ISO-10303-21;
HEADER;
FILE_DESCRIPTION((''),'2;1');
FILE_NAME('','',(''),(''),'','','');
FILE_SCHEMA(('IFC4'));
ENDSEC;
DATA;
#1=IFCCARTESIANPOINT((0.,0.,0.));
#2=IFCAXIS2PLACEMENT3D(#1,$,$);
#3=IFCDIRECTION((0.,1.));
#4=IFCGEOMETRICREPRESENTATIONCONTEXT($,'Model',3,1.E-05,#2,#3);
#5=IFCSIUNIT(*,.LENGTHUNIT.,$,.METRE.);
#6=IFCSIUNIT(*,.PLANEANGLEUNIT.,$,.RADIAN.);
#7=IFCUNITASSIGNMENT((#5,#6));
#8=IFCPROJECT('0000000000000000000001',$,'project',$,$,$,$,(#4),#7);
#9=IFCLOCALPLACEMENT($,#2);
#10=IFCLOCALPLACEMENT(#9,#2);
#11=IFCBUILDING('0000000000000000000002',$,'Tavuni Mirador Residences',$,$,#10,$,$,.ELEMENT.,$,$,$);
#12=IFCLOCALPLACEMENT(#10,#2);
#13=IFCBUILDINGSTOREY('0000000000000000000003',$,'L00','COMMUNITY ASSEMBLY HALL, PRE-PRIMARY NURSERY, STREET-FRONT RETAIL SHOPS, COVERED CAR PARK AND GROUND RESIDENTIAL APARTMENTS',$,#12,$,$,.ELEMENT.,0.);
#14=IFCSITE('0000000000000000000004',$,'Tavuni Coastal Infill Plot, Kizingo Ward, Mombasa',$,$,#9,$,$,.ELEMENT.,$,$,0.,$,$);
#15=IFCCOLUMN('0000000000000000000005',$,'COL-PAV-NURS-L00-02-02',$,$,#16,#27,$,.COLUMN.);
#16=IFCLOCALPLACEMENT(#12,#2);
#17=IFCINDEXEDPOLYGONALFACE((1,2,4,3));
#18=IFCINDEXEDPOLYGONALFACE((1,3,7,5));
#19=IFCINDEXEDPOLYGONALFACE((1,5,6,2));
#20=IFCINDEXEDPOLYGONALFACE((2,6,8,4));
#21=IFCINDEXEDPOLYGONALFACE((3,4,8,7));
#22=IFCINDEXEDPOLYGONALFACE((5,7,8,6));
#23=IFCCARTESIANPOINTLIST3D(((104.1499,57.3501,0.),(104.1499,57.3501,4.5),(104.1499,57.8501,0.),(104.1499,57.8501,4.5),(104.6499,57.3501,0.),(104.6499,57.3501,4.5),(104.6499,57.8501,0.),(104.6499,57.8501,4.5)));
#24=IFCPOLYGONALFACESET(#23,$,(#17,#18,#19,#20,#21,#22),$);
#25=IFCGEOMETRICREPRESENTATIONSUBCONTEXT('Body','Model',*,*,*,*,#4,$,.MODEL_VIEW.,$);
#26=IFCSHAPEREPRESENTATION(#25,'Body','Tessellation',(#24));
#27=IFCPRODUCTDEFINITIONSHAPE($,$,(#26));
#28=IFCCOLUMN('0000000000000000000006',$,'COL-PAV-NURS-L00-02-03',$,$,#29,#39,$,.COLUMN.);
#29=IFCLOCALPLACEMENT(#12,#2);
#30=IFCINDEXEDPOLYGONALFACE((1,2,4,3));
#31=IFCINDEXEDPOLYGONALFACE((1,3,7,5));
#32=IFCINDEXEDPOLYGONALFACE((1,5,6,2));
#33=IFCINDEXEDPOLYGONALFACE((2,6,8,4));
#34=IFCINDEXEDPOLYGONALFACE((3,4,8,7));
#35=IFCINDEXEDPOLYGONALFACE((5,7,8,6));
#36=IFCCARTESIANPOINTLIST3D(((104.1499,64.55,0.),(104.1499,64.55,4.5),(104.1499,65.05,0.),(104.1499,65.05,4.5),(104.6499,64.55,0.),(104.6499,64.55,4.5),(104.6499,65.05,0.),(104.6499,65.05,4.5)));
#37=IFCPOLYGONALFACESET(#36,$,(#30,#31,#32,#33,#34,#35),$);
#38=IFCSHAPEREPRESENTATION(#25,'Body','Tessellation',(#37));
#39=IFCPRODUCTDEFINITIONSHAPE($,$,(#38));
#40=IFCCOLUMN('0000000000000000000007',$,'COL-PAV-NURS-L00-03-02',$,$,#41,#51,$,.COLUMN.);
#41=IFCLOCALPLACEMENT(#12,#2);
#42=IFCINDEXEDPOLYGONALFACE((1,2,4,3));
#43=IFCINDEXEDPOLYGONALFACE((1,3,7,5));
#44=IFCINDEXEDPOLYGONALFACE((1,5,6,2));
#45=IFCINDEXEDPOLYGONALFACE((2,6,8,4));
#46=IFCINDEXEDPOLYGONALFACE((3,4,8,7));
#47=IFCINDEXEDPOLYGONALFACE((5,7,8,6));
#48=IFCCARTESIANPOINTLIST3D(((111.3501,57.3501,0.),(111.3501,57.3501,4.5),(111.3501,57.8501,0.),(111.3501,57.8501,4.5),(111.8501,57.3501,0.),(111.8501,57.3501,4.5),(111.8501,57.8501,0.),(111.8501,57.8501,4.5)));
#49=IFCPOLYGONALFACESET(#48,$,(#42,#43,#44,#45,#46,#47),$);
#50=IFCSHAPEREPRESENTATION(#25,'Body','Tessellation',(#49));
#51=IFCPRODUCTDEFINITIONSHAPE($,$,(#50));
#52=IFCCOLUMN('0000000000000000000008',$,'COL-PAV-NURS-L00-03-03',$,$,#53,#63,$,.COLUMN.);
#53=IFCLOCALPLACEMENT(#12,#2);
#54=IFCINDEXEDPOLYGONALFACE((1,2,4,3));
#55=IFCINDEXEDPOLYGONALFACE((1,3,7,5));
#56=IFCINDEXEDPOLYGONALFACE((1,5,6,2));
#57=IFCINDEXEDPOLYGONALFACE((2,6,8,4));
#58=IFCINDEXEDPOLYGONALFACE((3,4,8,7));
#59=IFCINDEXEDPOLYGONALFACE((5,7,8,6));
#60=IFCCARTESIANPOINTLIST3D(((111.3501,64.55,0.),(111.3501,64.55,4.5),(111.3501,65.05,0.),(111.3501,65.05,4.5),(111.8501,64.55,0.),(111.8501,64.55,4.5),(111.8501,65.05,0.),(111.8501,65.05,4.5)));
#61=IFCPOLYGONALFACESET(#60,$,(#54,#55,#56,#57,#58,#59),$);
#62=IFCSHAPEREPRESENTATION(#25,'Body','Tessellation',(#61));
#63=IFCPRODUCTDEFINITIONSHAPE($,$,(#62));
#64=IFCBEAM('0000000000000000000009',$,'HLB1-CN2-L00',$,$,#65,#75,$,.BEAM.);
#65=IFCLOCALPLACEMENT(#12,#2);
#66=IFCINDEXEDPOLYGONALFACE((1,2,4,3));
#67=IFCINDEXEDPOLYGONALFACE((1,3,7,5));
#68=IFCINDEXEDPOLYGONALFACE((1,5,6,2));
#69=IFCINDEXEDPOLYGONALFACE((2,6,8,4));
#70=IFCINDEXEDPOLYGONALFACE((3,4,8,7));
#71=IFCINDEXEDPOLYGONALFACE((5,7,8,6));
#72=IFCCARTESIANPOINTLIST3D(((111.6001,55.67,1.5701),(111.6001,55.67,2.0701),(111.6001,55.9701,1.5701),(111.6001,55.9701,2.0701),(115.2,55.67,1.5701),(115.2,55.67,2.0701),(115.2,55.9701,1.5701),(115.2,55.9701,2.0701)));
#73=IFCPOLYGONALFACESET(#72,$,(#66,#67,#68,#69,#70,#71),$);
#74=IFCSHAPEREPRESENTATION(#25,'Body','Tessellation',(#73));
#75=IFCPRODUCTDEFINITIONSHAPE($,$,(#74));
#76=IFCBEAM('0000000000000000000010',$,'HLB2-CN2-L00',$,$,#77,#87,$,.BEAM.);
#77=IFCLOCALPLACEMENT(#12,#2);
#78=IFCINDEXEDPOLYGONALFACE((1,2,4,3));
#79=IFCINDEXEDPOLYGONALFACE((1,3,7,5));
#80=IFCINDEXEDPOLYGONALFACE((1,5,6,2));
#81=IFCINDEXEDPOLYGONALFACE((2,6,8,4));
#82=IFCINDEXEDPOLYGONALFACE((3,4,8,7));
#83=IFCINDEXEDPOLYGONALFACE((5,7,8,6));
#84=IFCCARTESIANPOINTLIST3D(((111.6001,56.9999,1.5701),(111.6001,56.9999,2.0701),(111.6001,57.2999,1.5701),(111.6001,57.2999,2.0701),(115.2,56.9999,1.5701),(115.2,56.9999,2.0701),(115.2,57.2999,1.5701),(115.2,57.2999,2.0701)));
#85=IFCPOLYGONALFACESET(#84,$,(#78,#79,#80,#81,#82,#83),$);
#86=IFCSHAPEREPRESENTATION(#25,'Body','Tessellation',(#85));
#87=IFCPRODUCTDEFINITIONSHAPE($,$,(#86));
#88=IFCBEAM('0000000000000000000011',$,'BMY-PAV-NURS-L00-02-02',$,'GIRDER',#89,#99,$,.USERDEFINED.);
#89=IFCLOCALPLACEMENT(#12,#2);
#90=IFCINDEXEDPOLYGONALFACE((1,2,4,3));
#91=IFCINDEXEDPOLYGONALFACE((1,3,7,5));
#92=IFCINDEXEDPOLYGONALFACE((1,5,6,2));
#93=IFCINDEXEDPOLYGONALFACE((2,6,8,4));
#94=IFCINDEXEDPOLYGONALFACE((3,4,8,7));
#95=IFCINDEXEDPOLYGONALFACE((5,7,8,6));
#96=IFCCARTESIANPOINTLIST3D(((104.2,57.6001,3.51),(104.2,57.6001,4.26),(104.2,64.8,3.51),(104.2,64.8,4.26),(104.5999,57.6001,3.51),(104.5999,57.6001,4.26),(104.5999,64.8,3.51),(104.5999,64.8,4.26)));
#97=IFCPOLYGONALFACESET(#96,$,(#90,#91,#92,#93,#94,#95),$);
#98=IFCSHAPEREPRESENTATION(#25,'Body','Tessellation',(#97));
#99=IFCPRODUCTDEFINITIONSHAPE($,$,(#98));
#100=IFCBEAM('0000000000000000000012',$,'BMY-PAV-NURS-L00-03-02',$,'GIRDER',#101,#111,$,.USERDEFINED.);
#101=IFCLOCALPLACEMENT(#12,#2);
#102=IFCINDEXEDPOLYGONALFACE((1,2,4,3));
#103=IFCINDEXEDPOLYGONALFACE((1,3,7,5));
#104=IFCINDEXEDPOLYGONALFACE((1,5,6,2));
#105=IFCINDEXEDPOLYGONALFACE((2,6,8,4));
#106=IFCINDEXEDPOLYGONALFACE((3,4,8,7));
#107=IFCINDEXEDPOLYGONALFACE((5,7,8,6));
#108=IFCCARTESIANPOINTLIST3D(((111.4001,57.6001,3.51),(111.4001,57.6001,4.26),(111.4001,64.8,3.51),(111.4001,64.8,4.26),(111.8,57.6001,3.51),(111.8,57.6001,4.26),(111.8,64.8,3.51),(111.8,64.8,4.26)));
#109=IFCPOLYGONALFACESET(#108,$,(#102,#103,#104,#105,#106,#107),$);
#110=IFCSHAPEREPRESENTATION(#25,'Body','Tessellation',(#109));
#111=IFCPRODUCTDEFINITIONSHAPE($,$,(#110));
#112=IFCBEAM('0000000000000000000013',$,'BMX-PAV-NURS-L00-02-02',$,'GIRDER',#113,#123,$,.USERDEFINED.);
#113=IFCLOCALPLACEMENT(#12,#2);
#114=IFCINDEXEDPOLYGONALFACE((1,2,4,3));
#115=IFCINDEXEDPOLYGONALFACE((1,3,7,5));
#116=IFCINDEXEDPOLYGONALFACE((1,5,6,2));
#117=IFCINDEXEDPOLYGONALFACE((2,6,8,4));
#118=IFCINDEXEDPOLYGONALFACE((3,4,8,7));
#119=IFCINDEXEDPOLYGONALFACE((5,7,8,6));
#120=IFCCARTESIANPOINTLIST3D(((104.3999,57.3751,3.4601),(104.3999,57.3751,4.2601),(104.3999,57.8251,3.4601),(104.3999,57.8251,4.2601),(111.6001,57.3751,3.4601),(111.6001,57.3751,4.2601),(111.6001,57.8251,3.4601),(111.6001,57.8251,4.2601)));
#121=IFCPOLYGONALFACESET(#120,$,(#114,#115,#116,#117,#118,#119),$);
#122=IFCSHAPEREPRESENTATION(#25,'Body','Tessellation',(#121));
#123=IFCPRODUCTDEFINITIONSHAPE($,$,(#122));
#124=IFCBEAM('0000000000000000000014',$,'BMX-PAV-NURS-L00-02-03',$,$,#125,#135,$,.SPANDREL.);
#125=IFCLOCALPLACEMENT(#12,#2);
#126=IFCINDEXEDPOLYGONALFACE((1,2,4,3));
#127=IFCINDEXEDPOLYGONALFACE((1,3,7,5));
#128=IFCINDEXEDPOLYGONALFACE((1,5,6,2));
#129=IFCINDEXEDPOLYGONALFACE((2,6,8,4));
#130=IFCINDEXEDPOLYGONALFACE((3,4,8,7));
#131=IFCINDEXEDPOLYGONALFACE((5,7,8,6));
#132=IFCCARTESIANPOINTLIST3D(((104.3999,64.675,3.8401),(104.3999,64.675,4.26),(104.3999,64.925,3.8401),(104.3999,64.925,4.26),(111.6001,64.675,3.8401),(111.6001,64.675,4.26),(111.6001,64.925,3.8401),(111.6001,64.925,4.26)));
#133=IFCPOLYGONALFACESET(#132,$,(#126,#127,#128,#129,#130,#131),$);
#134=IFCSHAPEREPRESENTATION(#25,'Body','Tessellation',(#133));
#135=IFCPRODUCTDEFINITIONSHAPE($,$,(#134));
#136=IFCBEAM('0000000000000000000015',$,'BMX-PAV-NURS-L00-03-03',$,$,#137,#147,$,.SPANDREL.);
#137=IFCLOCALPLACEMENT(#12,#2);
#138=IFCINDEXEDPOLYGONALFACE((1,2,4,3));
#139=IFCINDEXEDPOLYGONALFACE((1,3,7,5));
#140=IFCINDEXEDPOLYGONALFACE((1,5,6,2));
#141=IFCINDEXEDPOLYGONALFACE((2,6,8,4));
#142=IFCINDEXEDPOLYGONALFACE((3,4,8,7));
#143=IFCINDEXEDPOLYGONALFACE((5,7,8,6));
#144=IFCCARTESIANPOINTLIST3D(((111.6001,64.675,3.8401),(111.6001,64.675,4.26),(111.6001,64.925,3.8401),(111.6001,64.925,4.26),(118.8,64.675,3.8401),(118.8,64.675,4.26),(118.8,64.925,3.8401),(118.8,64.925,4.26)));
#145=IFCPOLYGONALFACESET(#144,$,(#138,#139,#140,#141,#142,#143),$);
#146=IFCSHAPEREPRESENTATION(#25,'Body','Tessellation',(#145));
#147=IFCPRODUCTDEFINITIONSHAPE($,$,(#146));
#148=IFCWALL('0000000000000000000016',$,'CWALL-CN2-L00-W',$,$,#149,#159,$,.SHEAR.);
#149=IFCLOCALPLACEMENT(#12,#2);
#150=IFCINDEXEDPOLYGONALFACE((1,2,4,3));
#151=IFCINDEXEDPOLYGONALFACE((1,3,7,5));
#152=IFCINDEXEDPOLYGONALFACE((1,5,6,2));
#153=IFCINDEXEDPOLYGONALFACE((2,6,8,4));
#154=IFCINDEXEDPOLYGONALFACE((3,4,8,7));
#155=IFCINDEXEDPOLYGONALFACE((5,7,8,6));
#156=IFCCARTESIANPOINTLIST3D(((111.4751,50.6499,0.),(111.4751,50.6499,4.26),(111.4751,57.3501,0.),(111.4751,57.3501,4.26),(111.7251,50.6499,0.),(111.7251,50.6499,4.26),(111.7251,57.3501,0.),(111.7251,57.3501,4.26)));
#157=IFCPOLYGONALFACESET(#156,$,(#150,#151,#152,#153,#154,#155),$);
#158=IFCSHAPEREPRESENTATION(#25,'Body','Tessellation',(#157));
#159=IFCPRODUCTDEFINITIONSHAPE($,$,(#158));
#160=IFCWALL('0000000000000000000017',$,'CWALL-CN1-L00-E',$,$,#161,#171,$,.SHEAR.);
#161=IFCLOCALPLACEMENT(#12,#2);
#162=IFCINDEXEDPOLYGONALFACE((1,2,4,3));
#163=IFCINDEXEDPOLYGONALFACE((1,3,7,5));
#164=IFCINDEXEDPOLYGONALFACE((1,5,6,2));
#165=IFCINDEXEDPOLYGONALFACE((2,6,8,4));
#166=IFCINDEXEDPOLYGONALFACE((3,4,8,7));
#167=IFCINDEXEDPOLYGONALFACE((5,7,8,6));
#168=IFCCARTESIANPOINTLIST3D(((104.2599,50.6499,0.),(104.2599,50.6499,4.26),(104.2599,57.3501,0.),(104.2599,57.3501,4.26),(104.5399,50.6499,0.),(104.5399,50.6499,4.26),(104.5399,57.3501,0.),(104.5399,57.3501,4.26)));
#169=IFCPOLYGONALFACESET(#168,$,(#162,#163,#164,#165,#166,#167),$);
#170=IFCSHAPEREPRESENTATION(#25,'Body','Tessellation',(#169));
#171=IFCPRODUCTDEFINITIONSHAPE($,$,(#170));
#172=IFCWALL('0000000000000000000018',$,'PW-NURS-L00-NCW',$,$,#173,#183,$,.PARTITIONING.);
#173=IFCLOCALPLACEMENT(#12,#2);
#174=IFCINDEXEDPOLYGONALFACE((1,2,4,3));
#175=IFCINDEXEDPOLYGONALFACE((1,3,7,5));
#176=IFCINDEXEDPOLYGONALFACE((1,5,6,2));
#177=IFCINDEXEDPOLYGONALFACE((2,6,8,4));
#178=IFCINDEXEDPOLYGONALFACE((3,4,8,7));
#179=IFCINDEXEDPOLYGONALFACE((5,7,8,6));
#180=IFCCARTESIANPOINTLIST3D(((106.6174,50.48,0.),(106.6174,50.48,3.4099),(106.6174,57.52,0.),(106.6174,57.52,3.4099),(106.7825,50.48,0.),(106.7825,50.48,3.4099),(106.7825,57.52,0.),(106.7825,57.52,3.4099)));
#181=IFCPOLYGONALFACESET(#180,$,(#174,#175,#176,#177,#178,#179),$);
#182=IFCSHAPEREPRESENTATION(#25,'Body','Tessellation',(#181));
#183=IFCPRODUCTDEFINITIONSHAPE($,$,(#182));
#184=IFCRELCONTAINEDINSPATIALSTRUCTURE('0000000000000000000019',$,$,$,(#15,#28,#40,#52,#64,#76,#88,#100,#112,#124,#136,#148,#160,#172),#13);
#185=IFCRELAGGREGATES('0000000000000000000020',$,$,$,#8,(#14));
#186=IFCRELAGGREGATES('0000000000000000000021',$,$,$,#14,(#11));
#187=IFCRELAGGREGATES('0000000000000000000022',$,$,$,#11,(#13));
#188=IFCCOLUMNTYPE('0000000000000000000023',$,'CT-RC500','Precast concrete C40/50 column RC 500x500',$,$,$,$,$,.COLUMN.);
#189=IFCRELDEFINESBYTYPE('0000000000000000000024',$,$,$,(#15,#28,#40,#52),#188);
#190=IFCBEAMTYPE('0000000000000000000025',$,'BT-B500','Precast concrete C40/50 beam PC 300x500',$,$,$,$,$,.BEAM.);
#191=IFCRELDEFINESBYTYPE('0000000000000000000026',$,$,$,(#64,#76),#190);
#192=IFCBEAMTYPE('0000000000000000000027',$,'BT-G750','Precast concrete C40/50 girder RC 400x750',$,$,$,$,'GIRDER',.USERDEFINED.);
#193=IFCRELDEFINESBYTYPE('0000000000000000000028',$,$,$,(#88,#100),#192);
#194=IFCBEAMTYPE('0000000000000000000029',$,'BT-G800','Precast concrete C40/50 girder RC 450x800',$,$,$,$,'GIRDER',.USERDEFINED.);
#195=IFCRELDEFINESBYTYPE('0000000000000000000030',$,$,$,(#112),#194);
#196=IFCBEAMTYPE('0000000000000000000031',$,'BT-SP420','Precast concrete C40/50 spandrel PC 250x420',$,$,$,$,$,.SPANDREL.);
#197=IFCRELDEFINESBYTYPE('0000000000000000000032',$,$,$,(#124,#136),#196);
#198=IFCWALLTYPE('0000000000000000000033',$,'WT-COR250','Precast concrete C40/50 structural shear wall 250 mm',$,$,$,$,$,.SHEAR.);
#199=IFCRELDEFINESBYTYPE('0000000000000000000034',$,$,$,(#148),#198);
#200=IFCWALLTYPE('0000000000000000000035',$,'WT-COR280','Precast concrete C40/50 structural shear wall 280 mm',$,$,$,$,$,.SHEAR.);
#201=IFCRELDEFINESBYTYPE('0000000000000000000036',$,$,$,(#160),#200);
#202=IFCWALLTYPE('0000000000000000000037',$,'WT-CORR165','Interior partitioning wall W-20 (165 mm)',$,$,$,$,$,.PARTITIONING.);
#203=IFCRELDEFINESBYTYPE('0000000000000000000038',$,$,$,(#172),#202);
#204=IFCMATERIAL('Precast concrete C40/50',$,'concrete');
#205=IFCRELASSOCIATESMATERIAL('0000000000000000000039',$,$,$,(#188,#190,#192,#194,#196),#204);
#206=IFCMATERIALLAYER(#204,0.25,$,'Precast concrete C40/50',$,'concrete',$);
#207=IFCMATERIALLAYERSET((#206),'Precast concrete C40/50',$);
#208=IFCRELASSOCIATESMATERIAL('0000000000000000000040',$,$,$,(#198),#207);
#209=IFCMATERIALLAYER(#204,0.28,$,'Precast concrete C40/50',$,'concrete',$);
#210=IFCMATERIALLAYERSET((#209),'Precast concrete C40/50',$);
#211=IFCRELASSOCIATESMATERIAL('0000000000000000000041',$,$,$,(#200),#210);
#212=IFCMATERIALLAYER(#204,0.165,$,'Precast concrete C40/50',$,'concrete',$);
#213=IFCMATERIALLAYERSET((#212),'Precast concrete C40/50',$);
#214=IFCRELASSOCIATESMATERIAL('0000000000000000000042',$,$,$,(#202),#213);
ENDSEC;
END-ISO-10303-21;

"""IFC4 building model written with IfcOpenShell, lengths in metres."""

from ifc_helpers import new_model, si_unit, direction, frame, frame_2d, origin, origin_2d, place, context, subcontext, project, spatial, rectangle, extrude, material, layer, layer_set, material_profile, profile_set, type_object, element, save


model = new_model("IFC4")

# Units and contexts
model_context = context("Model", 3, precision=1e-05, world=origin(), true_north=direction((0.0, 1.0)))
body_context = subcontext(model_context, "Body", "Model", "MODEL_VIEW")
ifc_project = project(units=[si_unit("LENGTHUNIT", "METRE"), si_unit("PLANEANGLEUNIT", "RADIAN")], contexts=[model_context])

# Site, building, storey
site_placement = place(None, origin())
site = spatial("IfcSite", under=ifc_project, at=site_placement, Name="Tavuni Coastal Infill Plot, Kizingo Ward, Mombasa", CompositionType="ELEMENT", RefElevation=0.0)
building_placement = place(site_placement, origin())
building = spatial("IfcBuilding", under=site, at=building_placement, Name="Tavuni Mirador Residences", CompositionType="ELEMENT")
storey_placement = place(building_placement, origin())
storey = spatial("IfcBuildingStorey", under=building, at=storey_placement, Name="L00", Description="COMMUNITY ASSEMBLY HALL, PRE-PRIMARY NURSERY, STREET-FRONT RETAIL SHOPS, COVERED CAR PARK AND GROUND RESIDENTIAL APARTMENTS", CompositionType="ELEMENT", Elevation=0.0)

# Columns
ifc_material_1 = material(Name="Precast concrete C40/50", Category="concrete")
ifc_material_profile_1 = material_profile(ifc_material_1, rectangle(XDim=0.5, YDim=0.5, at=origin_2d()), Name="RC 500x500", Category="concrete")
ifc_profile_set_1 = profile_set([ifc_material_profile_1], Name="Precast concrete C40/50")
column_type = type_object("IfcColumnType", Name="CT-RC500", Description="Precast concrete C40/50 column RC 500x500", PredefinedType="COLUMN", material=ifc_profile_set_1)
for number, where, z_axis, x_axis, name in (
    (1, (104.3999, 57.6001, 0.0), (0.0, 0.0, 1.0), (1.0, 0.0, 0.0), "COL-PAV-NURS-L00-02-02"),
    (2, (104.3999, 64.8, 0.0), (0.0, 0.0, 1.0), (1.0, 0.0, 0.0), "COL-PAV-NURS-L00-02-03"),
    (3, (111.6001, 57.6001, 0.0), (0.0, 0.0, 1.0), (1.0, 0.0, 0.0), "COL-PAV-NURS-L00-03-02"),
    (4, (111.6001, 64.8, 0.0), (0.0, 0.0, 1.0), (1.0, 0.0, 0.0), "COL-PAV-NURS-L00-03-03"),
):
    element("IfcColumn", number, at=place(storey_placement, frame(where, z_axis=z_axis, x_axis=x_axis)), inside=storey, type_object=column_type, Name=name, PredefinedType="COLUMN", context=body_context, shape_type="SweptSolid", body=[
        extrude(rectangle(XDim=0.5, YDim=0.5, at=origin_2d()), origin(), (0.0, 0.0, 1.0), 4.5),
    ])

# Beams
ifc_material_profile_2 = material_profile(ifc_material_1, rectangle(XDim=0.3, YDim=0.5, at=origin_2d()), Name="PC 300x500", Category="concrete")
ifc_profile_set_2 = profile_set([ifc_material_profile_2], Name="Precast concrete C40/50")
beam_type_1 = type_object("IfcBeamType", Name="BT-B500", Description="Precast concrete C40/50 beam PC 300x500", PredefinedType="BEAM", material=ifc_profile_set_2)
for number, where, z_axis, x_axis, name in (
    (5, (111.6001, 55.8201, 1.8201), (1.0, 0.0, 0.0), (0.0, 1.0, 0.0), "HLB1-CN2-L00"),
    (6, (111.6001, 57.1499, 1.8201), (1.0, 0.0, 0.0), (0.0, 1.0, 0.0), "HLB2-CN2-L00"),
):
    element("IfcBeam", number, at=place(storey_placement, frame(where, z_axis=z_axis, x_axis=x_axis)), inside=storey, type_object=beam_type_1, Name=name, PredefinedType="BEAM", context=body_context, shape_type="SweptSolid", body=[
        extrude(rectangle(XDim=0.3, YDim=0.5, at=origin_2d()), origin(), (0.0, 0.0, 1.0), 3.5999),
    ])
ifc_material_profile_3 = material_profile(ifc_material_1, rectangle(XDim=0.3999, YDim=0.75, at=origin_2d()), Name="RC 400x750", Category="concrete")
ifc_profile_set_3 = profile_set([ifc_material_profile_3], Name="Precast concrete C40/50")
beam_type_2 = type_object("IfcBeamType", Name="BT-G750", Description="Precast concrete C40/50 girder RC 400x750", ElementType="GIRDER", PredefinedType="USERDEFINED", material=ifc_profile_set_3)
for number, where, z_axis, x_axis, name in (
    (7, (104.3999, 57.6001, 3.885), (0.0, 1.0, 0.0), (-1.0, 0.0, 0.0), "BMY-PAV-NURS-L00-02-02"),
    (8, (111.6001, 57.6001, 3.885), (0.0, 1.0, 0.0), (-1.0, 0.0, 0.0), "BMY-PAV-NURS-L00-03-02"),
):
    element("IfcBeam", number, at=place(storey_placement, frame(where, z_axis=z_axis, x_axis=x_axis)), inside=storey, type_object=beam_type_2, Name=name, ObjectType="GIRDER", PredefinedType="USERDEFINED", context=body_context, shape_type="SweptSolid", body=[
        extrude(rectangle(XDim=0.3999, YDim=0.75, at=origin_2d()), origin(), (0.0, 0.0, 1.0), 7.2),
    ])
ifc_material_profile_4 = material_profile(ifc_material_1, rectangle(XDim=0.45, YDim=0.8, at=origin_2d()), Name="RC 450x800", Category="concrete")
ifc_profile_set_4 = profile_set([ifc_material_profile_4], Name="Precast concrete C40/50")
beam_type_3 = type_object("IfcBeamType", Name="BT-G800", Description="Precast concrete C40/50 girder RC 450x800", ElementType="GIRDER", PredefinedType="USERDEFINED", material=ifc_profile_set_4)
beam_1_placement = place(storey_placement, frame((104.3999, 57.6001, 3.8601), z_axis=(1.0, 0.0, 0.0), x_axis=(0.0, 1.0, 0.0)))
element("IfcBeam", 9, at=beam_1_placement, inside=storey, type_object=beam_type_3, Name="BMX-PAV-NURS-L00-02-02", ObjectType="GIRDER", PredefinedType="USERDEFINED", context=body_context, shape_type="SweptSolid", body=[
    extrude(rectangle(XDim=0.45, YDim=0.8, at=origin_2d()), origin(), (0.0, 0.0, 1.0), 7.2002),
])
ifc_material_profile_5 = material_profile(ifc_material_1, rectangle(XDim=0.25, YDim=0.4199, at=origin_2d()), Name="PC 250x420", Category="concrete")
ifc_profile_set_5 = profile_set([ifc_material_profile_5], Name="Precast concrete C40/50")
beam_type_4 = type_object("IfcBeamType", Name="BT-SP420", Description="Precast concrete C40/50 spandrel PC 250x420", PredefinedType="SPANDREL", material=ifc_profile_set_5)
beam_2_placement = place(storey_placement, frame((104.3999, 64.8, 4.05), z_axis=(1.0, 0.0, 0.0), x_axis=(0.0, 1.0, 0.0)))
element("IfcBeam", 10, at=beam_2_placement, inside=storey, type_object=beam_type_4, Name="BMX-PAV-NURS-L00-02-03", PredefinedType="SPANDREL", context=body_context, shape_type="SweptSolid", body=[
    extrude(rectangle(XDim=0.25, YDim=0.4199, at=origin_2d()), origin(), (0.0, 0.0, 1.0), 7.2002),
])
beam_3_placement = place(storey_placement, frame((111.6001, 64.8, 4.05), z_axis=(1.0, 0.0, 0.0), x_axis=(0.0, 1.0, 0.0)))
element("IfcBeam", 11, at=beam_3_placement, inside=storey, type_object=beam_type_4, Name="BMX-PAV-NURS-L00-03-03", PredefinedType="SPANDREL", context=body_context, shape_type="SweptSolid", body=[
    extrude(rectangle(XDim=0.25, YDim=0.4199, at=origin_2d()), origin(), (0.0, 0.0, 1.0), 7.2),
])

# Walls
ifc_layer_1 = layer(ifc_material_1, 0.25, Name="Precast concrete C40/50", Category="concrete")
ifc_layer_set_1 = layer_set([ifc_layer_1], Name="Precast concrete C40/50")
wall_type_1 = type_object("IfcWallType", Name="WT-COR250", Description="Precast concrete C40/50 structural shear wall 250 mm", PredefinedType="SHEAR", material=ifc_layer_set_1)
wall_1_placement = place(storey_placement, frame((111.6001, 50.6499, 0.0), z_axis=(0.0, 0.0, 1.0), x_axis=(0.0, 1.0, 0.0)))
element("IfcWall", 12, at=wall_1_placement, inside=storey, type_object=wall_type_1, Name="CWALL-CN2-L00-W", PredefinedType="SHEAR", context=body_context, shape_type="SweptSolid", body=[
    extrude(rectangle(XDim=6.7002, YDim=0.25, at=frame_2d((3.3501, 0.0))), origin(), (0.0, 0.0, 1.0), 4.26),
])
ifc_layer_2 = layer(ifc_material_1, 0.28, Name="Precast concrete C40/50", Category="concrete")
ifc_layer_set_2 = layer_set([ifc_layer_2], Name="Precast concrete C40/50")
wall_type_2 = type_object("IfcWallType", Name="WT-COR280", Description="Precast concrete C40/50 structural shear wall 280 mm", PredefinedType="SHEAR", material=ifc_layer_set_2)
wall_2_placement = place(storey_placement, frame((104.3999, 50.6499, 0.0), z_axis=(0.0, 0.0, 1.0), x_axis=(0.0, 1.0, 0.0)))
element("IfcWall", 13, at=wall_2_placement, inside=storey, type_object=wall_type_2, Name="CWALL-CN1-L00-E", PredefinedType="SHEAR", context=body_context, shape_type="SweptSolid", body=[
    extrude(rectangle(XDim=6.7002, YDim=0.28, at=frame_2d((3.3501, 0.0))), origin(), (0.0, 0.0, 1.0), 4.26),
])
ifc_layer_3 = layer(ifc_material_1, 0.165, Name="Precast concrete C40/50", Category="concrete")
ifc_layer_set_3 = layer_set([ifc_layer_3], Name="Precast concrete C40/50")
wall_type_3 = type_object("IfcWallType", Name="WT-CORR165", Description="Interior partitioning wall W-20 (165 mm)", PredefinedType="PARTITIONING", material=ifc_layer_set_3)
wall_3_placement = place(storey_placement, frame((106.7, 50.48, 0.0), z_axis=(0.0, 0.0, 1.0), x_axis=(0.0, 1.0, 0.0)))
element("IfcWall", 14, at=wall_3_placement, inside=storey, type_object=wall_type_3, Name="PW-NURS-L00-NCW", PredefinedType="PARTITIONING", context=body_context, shape_type="SweptSolid", body=[
    extrude(rectangle(XDim=7.04, YDim=0.165, at=frame_2d((3.52, 0.0))), origin(), (0.0, 0.0, 1.0), 3.4099),
])

save(model, "model.ifc")
